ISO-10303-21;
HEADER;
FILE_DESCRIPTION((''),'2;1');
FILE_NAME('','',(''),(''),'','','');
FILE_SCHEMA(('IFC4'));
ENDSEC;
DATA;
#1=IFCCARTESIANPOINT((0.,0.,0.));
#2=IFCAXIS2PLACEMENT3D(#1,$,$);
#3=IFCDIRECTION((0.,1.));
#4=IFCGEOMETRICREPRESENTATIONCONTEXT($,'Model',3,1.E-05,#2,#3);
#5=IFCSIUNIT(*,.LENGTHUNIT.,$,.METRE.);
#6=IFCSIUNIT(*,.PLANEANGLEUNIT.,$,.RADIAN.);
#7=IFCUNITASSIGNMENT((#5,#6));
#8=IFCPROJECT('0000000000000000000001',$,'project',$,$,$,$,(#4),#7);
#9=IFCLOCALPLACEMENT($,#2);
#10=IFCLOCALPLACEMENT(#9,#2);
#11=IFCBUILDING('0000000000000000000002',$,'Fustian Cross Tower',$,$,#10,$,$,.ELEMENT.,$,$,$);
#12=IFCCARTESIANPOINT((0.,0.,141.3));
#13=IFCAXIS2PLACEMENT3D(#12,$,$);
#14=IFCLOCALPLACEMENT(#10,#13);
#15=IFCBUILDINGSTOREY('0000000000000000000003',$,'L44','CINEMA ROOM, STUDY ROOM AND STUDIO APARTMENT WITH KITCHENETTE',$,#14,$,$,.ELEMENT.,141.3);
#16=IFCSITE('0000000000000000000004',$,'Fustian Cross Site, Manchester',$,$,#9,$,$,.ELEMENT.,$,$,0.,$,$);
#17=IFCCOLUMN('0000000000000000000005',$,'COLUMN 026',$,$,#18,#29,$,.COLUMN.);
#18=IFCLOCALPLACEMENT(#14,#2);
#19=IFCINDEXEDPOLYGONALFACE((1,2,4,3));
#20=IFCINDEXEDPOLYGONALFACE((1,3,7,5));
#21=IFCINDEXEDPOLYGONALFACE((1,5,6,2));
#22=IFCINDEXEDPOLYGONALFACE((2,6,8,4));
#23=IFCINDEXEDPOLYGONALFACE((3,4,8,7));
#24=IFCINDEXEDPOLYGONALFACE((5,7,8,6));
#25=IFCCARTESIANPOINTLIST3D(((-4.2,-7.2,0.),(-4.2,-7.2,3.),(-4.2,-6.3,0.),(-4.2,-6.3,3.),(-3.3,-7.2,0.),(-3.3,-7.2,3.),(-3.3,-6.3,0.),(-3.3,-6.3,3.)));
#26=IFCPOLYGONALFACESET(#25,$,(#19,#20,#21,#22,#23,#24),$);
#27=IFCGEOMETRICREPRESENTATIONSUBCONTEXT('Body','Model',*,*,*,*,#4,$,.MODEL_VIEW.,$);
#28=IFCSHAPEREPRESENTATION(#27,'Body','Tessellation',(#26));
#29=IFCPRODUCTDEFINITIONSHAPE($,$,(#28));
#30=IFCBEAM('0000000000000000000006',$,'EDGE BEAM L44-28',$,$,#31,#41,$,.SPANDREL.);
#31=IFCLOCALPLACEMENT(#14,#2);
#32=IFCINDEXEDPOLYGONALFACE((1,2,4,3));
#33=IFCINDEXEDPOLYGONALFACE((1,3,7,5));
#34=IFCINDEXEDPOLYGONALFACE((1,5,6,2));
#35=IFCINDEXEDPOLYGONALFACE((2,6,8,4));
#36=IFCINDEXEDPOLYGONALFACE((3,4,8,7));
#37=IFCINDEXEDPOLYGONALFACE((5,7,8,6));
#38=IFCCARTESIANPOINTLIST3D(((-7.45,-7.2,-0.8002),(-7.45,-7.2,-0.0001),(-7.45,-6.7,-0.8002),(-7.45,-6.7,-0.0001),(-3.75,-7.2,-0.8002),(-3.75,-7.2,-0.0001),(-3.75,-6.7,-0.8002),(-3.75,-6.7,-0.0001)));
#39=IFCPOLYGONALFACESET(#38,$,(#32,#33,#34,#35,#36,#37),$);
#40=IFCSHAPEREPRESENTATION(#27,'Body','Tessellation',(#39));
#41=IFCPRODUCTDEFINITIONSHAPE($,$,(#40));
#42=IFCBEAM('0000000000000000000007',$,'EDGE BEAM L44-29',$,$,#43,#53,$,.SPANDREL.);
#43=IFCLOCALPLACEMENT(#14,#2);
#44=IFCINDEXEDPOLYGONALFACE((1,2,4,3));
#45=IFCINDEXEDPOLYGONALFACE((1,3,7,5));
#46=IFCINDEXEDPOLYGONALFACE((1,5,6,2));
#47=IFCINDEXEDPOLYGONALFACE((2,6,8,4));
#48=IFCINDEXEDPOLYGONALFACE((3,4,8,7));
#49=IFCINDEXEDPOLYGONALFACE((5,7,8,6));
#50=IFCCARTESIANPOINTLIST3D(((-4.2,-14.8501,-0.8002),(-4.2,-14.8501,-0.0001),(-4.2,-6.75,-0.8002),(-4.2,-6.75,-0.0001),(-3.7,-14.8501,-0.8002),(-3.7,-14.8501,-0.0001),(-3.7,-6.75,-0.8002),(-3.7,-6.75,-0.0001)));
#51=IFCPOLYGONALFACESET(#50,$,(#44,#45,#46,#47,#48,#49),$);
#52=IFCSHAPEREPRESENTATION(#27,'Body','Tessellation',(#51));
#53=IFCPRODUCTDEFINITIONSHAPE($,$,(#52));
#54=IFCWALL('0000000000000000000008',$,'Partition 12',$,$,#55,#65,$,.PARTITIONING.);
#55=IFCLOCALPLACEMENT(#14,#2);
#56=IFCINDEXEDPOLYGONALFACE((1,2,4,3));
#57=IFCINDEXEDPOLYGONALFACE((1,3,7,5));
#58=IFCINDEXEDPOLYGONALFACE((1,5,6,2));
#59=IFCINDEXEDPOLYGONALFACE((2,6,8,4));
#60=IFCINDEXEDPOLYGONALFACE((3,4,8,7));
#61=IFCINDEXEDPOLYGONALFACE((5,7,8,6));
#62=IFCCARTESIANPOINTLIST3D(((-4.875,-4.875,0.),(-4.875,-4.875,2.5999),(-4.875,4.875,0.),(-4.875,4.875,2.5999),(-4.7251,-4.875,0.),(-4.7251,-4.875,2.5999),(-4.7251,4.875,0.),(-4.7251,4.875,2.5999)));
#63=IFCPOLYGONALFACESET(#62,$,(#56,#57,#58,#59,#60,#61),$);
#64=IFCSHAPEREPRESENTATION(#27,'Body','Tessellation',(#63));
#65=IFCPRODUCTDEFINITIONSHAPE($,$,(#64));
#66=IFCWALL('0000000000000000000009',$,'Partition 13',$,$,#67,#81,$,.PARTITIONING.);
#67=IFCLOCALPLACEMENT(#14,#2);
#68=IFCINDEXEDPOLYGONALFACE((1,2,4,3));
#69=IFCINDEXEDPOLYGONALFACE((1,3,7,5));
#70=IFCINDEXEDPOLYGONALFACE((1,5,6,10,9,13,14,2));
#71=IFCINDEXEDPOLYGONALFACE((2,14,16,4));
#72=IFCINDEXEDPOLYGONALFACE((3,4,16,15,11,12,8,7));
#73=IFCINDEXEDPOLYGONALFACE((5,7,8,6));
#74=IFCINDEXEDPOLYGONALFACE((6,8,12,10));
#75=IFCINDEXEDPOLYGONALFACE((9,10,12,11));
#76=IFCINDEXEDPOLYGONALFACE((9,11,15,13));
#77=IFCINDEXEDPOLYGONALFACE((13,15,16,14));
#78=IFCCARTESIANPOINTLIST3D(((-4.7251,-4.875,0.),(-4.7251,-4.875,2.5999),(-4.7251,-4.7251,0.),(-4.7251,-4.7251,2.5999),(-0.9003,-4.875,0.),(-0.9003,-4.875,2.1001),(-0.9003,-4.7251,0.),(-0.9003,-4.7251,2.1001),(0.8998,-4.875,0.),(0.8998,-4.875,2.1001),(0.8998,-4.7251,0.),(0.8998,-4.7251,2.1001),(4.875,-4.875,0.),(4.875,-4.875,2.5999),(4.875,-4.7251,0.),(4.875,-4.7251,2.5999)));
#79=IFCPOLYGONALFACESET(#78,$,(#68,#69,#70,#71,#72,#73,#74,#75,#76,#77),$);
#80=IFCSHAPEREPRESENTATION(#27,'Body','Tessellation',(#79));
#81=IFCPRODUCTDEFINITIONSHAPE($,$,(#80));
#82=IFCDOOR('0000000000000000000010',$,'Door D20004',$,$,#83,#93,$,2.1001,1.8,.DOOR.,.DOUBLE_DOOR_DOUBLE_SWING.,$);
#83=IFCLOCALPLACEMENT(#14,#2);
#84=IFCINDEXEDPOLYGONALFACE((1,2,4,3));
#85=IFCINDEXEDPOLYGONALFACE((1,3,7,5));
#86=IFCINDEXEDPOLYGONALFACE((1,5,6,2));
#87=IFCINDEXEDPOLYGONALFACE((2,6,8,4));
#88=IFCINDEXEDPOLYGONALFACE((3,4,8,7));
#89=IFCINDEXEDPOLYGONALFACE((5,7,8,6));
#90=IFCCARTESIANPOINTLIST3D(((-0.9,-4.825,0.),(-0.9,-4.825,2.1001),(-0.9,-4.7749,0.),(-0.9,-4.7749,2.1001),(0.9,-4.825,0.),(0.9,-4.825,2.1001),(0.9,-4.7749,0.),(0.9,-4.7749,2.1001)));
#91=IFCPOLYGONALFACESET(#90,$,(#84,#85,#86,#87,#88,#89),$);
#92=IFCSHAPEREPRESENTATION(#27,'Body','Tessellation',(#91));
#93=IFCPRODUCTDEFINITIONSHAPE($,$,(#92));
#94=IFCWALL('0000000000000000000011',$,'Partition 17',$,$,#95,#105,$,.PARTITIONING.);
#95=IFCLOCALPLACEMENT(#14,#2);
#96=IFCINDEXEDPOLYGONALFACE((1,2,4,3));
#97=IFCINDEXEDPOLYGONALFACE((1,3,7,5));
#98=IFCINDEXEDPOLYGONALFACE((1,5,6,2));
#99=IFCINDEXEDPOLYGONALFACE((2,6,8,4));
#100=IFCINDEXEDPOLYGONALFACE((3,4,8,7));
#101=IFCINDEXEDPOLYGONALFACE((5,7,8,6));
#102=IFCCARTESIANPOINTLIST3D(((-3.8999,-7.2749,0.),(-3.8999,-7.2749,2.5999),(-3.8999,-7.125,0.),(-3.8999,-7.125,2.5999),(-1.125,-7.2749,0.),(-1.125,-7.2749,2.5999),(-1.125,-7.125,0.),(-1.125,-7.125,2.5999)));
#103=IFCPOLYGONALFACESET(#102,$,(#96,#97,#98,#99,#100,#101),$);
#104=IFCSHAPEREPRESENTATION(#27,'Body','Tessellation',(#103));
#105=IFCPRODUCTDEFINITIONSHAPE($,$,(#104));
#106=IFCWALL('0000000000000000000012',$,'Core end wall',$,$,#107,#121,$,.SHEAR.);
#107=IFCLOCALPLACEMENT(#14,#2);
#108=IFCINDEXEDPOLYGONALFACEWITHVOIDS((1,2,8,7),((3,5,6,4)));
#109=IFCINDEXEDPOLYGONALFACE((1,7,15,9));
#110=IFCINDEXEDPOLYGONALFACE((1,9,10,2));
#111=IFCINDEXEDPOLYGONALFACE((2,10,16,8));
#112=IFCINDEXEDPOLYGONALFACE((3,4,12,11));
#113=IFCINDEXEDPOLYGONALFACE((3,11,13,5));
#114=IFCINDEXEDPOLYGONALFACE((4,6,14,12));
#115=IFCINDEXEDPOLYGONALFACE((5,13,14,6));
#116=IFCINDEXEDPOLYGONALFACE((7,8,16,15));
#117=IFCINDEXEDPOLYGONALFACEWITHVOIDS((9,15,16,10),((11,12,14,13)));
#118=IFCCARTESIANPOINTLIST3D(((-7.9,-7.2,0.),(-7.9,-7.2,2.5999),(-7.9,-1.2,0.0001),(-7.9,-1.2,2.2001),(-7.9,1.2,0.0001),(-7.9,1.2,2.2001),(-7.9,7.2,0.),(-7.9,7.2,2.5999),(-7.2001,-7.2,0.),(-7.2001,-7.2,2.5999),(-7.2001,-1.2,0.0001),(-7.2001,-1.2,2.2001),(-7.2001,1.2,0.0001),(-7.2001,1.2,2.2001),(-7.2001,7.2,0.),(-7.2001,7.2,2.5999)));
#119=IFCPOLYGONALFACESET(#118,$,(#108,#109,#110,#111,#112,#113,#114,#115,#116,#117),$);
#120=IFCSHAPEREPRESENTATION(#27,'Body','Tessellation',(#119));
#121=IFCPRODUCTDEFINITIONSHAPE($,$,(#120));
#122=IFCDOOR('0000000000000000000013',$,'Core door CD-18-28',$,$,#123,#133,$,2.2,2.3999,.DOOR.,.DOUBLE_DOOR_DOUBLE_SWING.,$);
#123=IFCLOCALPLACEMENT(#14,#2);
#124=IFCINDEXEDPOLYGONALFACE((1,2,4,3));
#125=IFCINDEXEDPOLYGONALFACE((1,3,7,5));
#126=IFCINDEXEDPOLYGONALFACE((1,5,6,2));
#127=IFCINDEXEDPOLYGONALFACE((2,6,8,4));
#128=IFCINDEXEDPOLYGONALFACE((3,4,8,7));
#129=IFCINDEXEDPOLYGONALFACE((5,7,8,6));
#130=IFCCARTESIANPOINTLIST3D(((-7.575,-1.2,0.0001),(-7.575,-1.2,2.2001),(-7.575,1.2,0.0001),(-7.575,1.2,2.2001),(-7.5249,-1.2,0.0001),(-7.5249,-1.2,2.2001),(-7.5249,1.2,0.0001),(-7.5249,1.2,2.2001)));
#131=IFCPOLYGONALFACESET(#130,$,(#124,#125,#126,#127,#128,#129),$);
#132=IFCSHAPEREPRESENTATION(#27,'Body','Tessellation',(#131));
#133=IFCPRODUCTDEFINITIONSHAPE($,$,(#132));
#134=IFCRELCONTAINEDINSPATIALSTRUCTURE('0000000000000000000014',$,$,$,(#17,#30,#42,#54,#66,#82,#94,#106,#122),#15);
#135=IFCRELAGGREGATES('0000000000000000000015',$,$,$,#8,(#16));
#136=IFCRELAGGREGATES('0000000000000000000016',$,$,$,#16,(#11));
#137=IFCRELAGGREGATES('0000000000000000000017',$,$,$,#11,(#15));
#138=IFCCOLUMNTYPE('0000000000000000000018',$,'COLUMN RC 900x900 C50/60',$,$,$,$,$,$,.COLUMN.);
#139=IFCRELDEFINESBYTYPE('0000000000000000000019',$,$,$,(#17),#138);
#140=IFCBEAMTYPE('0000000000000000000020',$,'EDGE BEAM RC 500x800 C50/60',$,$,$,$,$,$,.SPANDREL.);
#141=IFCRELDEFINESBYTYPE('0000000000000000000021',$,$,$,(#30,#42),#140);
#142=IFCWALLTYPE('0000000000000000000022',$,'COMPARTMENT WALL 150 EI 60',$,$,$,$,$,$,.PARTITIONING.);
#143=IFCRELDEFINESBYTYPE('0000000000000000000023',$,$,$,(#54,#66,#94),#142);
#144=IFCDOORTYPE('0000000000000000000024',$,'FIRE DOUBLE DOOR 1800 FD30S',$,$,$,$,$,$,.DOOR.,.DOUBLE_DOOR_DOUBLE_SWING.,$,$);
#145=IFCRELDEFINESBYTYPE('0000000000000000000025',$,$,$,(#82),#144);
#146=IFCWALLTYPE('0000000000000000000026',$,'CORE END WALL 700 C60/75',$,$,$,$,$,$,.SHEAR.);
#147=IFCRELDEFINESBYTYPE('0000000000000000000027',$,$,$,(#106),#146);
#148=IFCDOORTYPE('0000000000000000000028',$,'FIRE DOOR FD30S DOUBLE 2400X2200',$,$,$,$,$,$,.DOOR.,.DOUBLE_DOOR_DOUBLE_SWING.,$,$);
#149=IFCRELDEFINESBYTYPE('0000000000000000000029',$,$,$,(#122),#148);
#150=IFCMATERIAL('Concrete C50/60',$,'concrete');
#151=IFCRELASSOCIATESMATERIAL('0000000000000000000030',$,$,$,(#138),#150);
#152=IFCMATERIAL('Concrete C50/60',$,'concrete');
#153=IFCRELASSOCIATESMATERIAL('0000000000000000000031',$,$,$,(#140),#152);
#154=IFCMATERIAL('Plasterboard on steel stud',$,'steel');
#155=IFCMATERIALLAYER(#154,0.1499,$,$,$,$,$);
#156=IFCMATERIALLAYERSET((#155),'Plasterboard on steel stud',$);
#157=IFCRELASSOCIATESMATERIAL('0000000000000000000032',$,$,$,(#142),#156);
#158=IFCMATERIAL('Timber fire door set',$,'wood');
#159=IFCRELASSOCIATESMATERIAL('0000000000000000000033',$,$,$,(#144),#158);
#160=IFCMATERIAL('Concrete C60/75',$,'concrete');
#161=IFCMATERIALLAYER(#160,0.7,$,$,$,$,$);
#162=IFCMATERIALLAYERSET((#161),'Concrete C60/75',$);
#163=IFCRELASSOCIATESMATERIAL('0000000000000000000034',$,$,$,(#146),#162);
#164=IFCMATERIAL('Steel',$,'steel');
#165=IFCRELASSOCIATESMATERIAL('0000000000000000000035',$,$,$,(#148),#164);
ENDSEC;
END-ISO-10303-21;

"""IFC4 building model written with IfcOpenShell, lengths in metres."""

from ifc_helpers import new_model, si_unit, direction, frame, frame_2d, origin, origin_2d, place, context, subcontext, project, spatial, rectangle, extrude, material, layer, layer_set, material_profile, profile_set, type_object, element, fill, save


model = new_model("IFC4")

# Units and contexts
model_context = context("Model", 3, precision=1e-05, world=origin(), true_north=direction((0.0, 1.0)))
body_context = subcontext(model_context, "Body", "Model", "MODEL_VIEW")
ifc_project = project(units=[si_unit("LENGTHUNIT", "METRE"), si_unit("PLANEANGLEUNIT", "RADIAN")], contexts=[model_context])

# Site, building, storey
site_placement = place(None, origin())
site = spatial("IfcSite", under=ifc_project, at=site_placement, Name="Fustian Cross Site, Manchester", CompositionType="ELEMENT", RefElevation=0.0)
building_placement = place(site_placement, origin())
building = spatial("IfcBuilding", under=site, at=building_placement, Name="Fustian Cross Tower", CompositionType="ELEMENT")
storey_placement = place(building_placement, frame((0.0, 0.0, 141.3)))
storey = spatial("IfcBuildingStorey", under=building, at=storey_placement, Name="L44", Description="CINEMA ROOM, STUDY ROOM AND STUDIO APARTMENT WITH KITCHENETTE", CompositionType="ELEMENT", Elevation=141.3)

# Column
ifc_material_1 = material(Name="Concrete C50/60", Category="concrete")
ifc_material_profile_1 = material_profile(ifc_material_1, rectangle(XDim=0.8999, YDim=0.8999, at=origin_2d()), Name="RC 900x900")
ifc_profile_set_1 = profile_set([ifc_material_profile_1], Name="Concrete C50/60")
column_type = type_object("IfcColumnType", Name="COLUMN RC 900x900 C50/60", PredefinedType="COLUMN", material=ifc_profile_set_1)
column_placement = place(storey_placement, frame((-3.75, -6.75, 0.0), z_axis=(0.0, 0.0, 1.0), x_axis=(1.0, 0.0, 0.0)))
element("IfcColumn", 1, at=column_placement, inside=storey, type_object=column_type, Name="COLUMN 026", PredefinedType="COLUMN", context=body_context, shape_type="SweptSolid", body=[
    extrude(rectangle(XDim=0.8999, YDim=0.8999, at=origin_2d()), origin(), (0.0, 0.0, 1.0), 3.0),
])

# Beams
ifc_material_2 = material(Name="Concrete C50/60", Category="concrete")
ifc_material_profile_2 = material_profile(ifc_material_2, rectangle(XDim=0.5, YDim=0.8, at=origin_2d()), Name="RC 500x800")
ifc_profile_set_2 = profile_set([ifc_material_profile_2], Name="Concrete C50/60")
beam_type = type_object("IfcBeamType", Name="EDGE BEAM RC 500x800 C50/60", PredefinedType="SPANDREL", material=ifc_profile_set_2)
beam_1_placement = place(storey_placement, frame((-7.45, -6.95, -0.4001), z_axis=(1.0, 0.0, 0.0), x_axis=(0.0, 1.0, 0.0)))
element("IfcBeam", 2, at=beam_1_placement, inside=storey, type_object=beam_type, Name="EDGE BEAM L44-28", PredefinedType="SPANDREL", context=body_context, shape_type="SweptSolid", body=[
    extrude(rectangle(XDim=0.5, YDim=0.8, at=origin_2d()), origin(), (0.0, 0.0, 1.0), 3.7),
])
beam_2_placement = place(storey_placement, frame((-3.95, -6.75, -0.4001), z_axis=(0.0, -1.0, 0.0), x_axis=(1.0, 0.0, 0.0)))
element("IfcBeam", 3, at=beam_2_placement, inside=storey, type_object=beam_type, Name="EDGE BEAM L44-29", PredefinedType="SPANDREL", context=body_context, shape_type="SweptSolid", body=[
    extrude(rectangle(XDim=0.5, YDim=0.8, at=origin_2d()), origin(), (0.0, 0.0, 1.0), 8.1001),
])

# Wall
ifc_material_3 = material(Name="Plasterboard on steel stud", Category="steel")
ifc_layer_1 = layer(ifc_material_3, 0.1499)
ifc_layer_set_1 = layer_set([ifc_layer_1], Name="Plasterboard on steel stud")
wall_type_1 = type_object("IfcWallType", Name="COMPARTMENT WALL 150 EI 60", PredefinedType="PARTITIONING", material=ifc_layer_set_1)
wall_1_placement = place(storey_placement, frame((-4.8, -4.875, 0.0), z_axis=(0.0, 0.0, 1.0), x_axis=(0.0, 1.0, 0.0)))
element("IfcWall", 4, at=wall_1_placement, inside=storey, type_object=wall_type_1, Name="Partition 12", PredefinedType="PARTITIONING", context=body_context, shape_type="SweptSolid", body=[
    extrude(rectangle(XDim=9.75, YDim=0.1499, at=frame_2d((4.875, 0.0))), origin(), (0.0, 0.0, 1.0), 2.5999),
])

# Wall, opening, door
wall_2_placement = place(storey_placement, frame((-4.7251, -4.8, 0.0), z_axis=(0.0, 0.0, 1.0), x_axis=(1.0, 0.0, 0.0)))
wall_2 = element("IfcWall", 5, at=wall_2_placement, inside=storey, type_object=wall_type_1, Name="Partition 13", PredefinedType="PARTITIONING", context=body_context, shape_type="SweptSolid", body=[
    extrude(rectangle(XDim=9.6001, YDim=0.1499, at=frame_2d((4.8, 0.0))), origin(), (0.0, 0.0, 1.0), 2.5999),
])
opening_1_placement = place(wall_2_placement, frame((3.825, 0.0, 0.0)))
opening_1 = element("IfcOpeningElement", 6, at=opening_1_placement, cuts=wall_2, PredefinedType="OPENING", context=body_context, shape_type="SweptSolid", body=[
    extrude(rectangle(XDim=1.8, YDim=2.1001, at=frame_2d((0.8999, 1.05))), frame((0.0, 0.085, 0.0), z_axis=(0.0, -1.0, 0.0), x_axis=(1.0, 0.0, 0.0)), (0.0, 0.0, 1.0), 0.1699),
])
ifc_material_4 = material(Name="Timber fire door set", Category="wood")
door_type_1 = type_object("IfcDoorType", Name="FIRE DOUBLE DOOR 1800 FD30S", OperationType="DOUBLE_DOOR_DOUBLE_SWING", PredefinedType="DOOR", material=ifc_material_4)
door_1_placement = place(opening_1_placement, frame((1.8, 0.0, 0.0), z_axis=(0.0, 0.0, 1.0), x_axis=(-1.0, 0.0, 0.0)))
door_1 = element("IfcDoor", 7, at=door_1_placement, inside=storey, type_object=door_type_1, Name="Door D20004", OperationType="DOUBLE_DOOR_DOUBLE_SWING", OverallHeight=2.1001, OverallWidth=1.8, PredefinedType="DOOR", context=body_context, shape_type="SweptSolid", body=[
    extrude(rectangle(XDim=1.8, YDim=2.1001, at=frame_2d((0.8999, 1.05))), frame((0.0, 0.0249, 0.0), z_axis=(0.0, -1.0, 0.0), x_axis=(1.0, 0.0, 0.0)), (0.0, 0.0, 1.0), 0.05),
])
fill(opening_1, door_1)

# Wall
wall_3_placement = place(storey_placement, frame((-3.8999, -7.2, 0.0), z_axis=(0.0, 0.0, 1.0), x_axis=(1.0, 0.0, 0.0)))
element("IfcWall", 8, at=wall_3_placement, inside=storey, type_object=wall_type_1, Name="Partition 17", PredefinedType="PARTITIONING", context=body_context, shape_type="SweptSolid", body=[
    extrude(rectangle(XDim=2.7749, YDim=0.1499, at=frame_2d((1.3875, 0.0))), origin(), (0.0, 0.0, 1.0), 2.5999),
])

# Wall, opening, door
ifc_material_5 = material(Name="Concrete C60/75", Category="concrete")
ifc_layer_2 = layer(ifc_material_5, 0.7)
ifc_layer_set_2 = layer_set([ifc_layer_2], Name="Concrete C60/75")
wall_type_2 = type_object("IfcWallType", Name="CORE END WALL 700 C60/75", PredefinedType="SHEAR", material=ifc_layer_set_2)
wall_4_placement = place(storey_placement, frame((-7.55, -7.2, 0.0), z_axis=(0.0, 0.0, 1.0), x_axis=(0.0, 1.0, 0.0)))
wall_4 = element("IfcWall", 9, at=wall_4_placement, inside=storey, type_object=wall_type_2, Name="Core end wall", PredefinedType="SHEAR", context=body_context, shape_type="SweptSolid", body=[
    extrude(rectangle(XDim=14.3999, YDim=0.7, at=frame_2d((7.2, 0.0))), origin(), (0.0, 0.0, 1.0), 2.5999),
])
opening_2_placement = place(wall_4_placement, frame((6.0, 0.0, 0.0)))
opening_2 = element("IfcOpeningElement", 10, at=opening_2_placement, cuts=wall_4, PredefinedType="OPENING", context=body_context, shape_type="SweptSolid", body=[
    extrude(rectangle(XDim=2.3999, YDim=2.2, at=frame_2d((1.2, 1.1001))), frame((0.0, 0.3599, 0.0), z_axis=(0.0, -1.0, 0.0), x_axis=(1.0, 0.0, 0.0)), (0.0, 0.0, 1.0), 0.72),
])
ifc_material_6 = material(Name="Steel", Category="steel")
door_type_2 = type_object("IfcDoorType", Name="FIRE DOOR FD30S DOUBLE 2400X2200", OperationType="DOUBLE_DOOR_DOUBLE_SWING", PredefinedType="DOOR", material=ifc_material_6)
door_2_placement = place(opening_2_placement, origin())
door_2 = element("IfcDoor", 11, at=door_2_placement, inside=storey, type_object=door_type_2, Name="Core door CD-18-28", OperationType="DOUBLE_DOOR_DOUBLE_SWING", OverallHeight=2.2, OverallWidth=2.3999, PredefinedType="DOOR", context=body_context, shape_type="SweptSolid", body=[
    extrude(rectangle(XDim=2.3999, YDim=2.2, at=frame_2d((1.2, 1.1001))), frame((0.0, 0.0249, 0.0), z_axis=(0.0, -1.0, 0.0), x_axis=(1.0, 0.0, 0.0)), (0.0, 0.0, 1.0), 0.05),
])
fill(opening_2, door_2)

save(model, "model.ifc")
